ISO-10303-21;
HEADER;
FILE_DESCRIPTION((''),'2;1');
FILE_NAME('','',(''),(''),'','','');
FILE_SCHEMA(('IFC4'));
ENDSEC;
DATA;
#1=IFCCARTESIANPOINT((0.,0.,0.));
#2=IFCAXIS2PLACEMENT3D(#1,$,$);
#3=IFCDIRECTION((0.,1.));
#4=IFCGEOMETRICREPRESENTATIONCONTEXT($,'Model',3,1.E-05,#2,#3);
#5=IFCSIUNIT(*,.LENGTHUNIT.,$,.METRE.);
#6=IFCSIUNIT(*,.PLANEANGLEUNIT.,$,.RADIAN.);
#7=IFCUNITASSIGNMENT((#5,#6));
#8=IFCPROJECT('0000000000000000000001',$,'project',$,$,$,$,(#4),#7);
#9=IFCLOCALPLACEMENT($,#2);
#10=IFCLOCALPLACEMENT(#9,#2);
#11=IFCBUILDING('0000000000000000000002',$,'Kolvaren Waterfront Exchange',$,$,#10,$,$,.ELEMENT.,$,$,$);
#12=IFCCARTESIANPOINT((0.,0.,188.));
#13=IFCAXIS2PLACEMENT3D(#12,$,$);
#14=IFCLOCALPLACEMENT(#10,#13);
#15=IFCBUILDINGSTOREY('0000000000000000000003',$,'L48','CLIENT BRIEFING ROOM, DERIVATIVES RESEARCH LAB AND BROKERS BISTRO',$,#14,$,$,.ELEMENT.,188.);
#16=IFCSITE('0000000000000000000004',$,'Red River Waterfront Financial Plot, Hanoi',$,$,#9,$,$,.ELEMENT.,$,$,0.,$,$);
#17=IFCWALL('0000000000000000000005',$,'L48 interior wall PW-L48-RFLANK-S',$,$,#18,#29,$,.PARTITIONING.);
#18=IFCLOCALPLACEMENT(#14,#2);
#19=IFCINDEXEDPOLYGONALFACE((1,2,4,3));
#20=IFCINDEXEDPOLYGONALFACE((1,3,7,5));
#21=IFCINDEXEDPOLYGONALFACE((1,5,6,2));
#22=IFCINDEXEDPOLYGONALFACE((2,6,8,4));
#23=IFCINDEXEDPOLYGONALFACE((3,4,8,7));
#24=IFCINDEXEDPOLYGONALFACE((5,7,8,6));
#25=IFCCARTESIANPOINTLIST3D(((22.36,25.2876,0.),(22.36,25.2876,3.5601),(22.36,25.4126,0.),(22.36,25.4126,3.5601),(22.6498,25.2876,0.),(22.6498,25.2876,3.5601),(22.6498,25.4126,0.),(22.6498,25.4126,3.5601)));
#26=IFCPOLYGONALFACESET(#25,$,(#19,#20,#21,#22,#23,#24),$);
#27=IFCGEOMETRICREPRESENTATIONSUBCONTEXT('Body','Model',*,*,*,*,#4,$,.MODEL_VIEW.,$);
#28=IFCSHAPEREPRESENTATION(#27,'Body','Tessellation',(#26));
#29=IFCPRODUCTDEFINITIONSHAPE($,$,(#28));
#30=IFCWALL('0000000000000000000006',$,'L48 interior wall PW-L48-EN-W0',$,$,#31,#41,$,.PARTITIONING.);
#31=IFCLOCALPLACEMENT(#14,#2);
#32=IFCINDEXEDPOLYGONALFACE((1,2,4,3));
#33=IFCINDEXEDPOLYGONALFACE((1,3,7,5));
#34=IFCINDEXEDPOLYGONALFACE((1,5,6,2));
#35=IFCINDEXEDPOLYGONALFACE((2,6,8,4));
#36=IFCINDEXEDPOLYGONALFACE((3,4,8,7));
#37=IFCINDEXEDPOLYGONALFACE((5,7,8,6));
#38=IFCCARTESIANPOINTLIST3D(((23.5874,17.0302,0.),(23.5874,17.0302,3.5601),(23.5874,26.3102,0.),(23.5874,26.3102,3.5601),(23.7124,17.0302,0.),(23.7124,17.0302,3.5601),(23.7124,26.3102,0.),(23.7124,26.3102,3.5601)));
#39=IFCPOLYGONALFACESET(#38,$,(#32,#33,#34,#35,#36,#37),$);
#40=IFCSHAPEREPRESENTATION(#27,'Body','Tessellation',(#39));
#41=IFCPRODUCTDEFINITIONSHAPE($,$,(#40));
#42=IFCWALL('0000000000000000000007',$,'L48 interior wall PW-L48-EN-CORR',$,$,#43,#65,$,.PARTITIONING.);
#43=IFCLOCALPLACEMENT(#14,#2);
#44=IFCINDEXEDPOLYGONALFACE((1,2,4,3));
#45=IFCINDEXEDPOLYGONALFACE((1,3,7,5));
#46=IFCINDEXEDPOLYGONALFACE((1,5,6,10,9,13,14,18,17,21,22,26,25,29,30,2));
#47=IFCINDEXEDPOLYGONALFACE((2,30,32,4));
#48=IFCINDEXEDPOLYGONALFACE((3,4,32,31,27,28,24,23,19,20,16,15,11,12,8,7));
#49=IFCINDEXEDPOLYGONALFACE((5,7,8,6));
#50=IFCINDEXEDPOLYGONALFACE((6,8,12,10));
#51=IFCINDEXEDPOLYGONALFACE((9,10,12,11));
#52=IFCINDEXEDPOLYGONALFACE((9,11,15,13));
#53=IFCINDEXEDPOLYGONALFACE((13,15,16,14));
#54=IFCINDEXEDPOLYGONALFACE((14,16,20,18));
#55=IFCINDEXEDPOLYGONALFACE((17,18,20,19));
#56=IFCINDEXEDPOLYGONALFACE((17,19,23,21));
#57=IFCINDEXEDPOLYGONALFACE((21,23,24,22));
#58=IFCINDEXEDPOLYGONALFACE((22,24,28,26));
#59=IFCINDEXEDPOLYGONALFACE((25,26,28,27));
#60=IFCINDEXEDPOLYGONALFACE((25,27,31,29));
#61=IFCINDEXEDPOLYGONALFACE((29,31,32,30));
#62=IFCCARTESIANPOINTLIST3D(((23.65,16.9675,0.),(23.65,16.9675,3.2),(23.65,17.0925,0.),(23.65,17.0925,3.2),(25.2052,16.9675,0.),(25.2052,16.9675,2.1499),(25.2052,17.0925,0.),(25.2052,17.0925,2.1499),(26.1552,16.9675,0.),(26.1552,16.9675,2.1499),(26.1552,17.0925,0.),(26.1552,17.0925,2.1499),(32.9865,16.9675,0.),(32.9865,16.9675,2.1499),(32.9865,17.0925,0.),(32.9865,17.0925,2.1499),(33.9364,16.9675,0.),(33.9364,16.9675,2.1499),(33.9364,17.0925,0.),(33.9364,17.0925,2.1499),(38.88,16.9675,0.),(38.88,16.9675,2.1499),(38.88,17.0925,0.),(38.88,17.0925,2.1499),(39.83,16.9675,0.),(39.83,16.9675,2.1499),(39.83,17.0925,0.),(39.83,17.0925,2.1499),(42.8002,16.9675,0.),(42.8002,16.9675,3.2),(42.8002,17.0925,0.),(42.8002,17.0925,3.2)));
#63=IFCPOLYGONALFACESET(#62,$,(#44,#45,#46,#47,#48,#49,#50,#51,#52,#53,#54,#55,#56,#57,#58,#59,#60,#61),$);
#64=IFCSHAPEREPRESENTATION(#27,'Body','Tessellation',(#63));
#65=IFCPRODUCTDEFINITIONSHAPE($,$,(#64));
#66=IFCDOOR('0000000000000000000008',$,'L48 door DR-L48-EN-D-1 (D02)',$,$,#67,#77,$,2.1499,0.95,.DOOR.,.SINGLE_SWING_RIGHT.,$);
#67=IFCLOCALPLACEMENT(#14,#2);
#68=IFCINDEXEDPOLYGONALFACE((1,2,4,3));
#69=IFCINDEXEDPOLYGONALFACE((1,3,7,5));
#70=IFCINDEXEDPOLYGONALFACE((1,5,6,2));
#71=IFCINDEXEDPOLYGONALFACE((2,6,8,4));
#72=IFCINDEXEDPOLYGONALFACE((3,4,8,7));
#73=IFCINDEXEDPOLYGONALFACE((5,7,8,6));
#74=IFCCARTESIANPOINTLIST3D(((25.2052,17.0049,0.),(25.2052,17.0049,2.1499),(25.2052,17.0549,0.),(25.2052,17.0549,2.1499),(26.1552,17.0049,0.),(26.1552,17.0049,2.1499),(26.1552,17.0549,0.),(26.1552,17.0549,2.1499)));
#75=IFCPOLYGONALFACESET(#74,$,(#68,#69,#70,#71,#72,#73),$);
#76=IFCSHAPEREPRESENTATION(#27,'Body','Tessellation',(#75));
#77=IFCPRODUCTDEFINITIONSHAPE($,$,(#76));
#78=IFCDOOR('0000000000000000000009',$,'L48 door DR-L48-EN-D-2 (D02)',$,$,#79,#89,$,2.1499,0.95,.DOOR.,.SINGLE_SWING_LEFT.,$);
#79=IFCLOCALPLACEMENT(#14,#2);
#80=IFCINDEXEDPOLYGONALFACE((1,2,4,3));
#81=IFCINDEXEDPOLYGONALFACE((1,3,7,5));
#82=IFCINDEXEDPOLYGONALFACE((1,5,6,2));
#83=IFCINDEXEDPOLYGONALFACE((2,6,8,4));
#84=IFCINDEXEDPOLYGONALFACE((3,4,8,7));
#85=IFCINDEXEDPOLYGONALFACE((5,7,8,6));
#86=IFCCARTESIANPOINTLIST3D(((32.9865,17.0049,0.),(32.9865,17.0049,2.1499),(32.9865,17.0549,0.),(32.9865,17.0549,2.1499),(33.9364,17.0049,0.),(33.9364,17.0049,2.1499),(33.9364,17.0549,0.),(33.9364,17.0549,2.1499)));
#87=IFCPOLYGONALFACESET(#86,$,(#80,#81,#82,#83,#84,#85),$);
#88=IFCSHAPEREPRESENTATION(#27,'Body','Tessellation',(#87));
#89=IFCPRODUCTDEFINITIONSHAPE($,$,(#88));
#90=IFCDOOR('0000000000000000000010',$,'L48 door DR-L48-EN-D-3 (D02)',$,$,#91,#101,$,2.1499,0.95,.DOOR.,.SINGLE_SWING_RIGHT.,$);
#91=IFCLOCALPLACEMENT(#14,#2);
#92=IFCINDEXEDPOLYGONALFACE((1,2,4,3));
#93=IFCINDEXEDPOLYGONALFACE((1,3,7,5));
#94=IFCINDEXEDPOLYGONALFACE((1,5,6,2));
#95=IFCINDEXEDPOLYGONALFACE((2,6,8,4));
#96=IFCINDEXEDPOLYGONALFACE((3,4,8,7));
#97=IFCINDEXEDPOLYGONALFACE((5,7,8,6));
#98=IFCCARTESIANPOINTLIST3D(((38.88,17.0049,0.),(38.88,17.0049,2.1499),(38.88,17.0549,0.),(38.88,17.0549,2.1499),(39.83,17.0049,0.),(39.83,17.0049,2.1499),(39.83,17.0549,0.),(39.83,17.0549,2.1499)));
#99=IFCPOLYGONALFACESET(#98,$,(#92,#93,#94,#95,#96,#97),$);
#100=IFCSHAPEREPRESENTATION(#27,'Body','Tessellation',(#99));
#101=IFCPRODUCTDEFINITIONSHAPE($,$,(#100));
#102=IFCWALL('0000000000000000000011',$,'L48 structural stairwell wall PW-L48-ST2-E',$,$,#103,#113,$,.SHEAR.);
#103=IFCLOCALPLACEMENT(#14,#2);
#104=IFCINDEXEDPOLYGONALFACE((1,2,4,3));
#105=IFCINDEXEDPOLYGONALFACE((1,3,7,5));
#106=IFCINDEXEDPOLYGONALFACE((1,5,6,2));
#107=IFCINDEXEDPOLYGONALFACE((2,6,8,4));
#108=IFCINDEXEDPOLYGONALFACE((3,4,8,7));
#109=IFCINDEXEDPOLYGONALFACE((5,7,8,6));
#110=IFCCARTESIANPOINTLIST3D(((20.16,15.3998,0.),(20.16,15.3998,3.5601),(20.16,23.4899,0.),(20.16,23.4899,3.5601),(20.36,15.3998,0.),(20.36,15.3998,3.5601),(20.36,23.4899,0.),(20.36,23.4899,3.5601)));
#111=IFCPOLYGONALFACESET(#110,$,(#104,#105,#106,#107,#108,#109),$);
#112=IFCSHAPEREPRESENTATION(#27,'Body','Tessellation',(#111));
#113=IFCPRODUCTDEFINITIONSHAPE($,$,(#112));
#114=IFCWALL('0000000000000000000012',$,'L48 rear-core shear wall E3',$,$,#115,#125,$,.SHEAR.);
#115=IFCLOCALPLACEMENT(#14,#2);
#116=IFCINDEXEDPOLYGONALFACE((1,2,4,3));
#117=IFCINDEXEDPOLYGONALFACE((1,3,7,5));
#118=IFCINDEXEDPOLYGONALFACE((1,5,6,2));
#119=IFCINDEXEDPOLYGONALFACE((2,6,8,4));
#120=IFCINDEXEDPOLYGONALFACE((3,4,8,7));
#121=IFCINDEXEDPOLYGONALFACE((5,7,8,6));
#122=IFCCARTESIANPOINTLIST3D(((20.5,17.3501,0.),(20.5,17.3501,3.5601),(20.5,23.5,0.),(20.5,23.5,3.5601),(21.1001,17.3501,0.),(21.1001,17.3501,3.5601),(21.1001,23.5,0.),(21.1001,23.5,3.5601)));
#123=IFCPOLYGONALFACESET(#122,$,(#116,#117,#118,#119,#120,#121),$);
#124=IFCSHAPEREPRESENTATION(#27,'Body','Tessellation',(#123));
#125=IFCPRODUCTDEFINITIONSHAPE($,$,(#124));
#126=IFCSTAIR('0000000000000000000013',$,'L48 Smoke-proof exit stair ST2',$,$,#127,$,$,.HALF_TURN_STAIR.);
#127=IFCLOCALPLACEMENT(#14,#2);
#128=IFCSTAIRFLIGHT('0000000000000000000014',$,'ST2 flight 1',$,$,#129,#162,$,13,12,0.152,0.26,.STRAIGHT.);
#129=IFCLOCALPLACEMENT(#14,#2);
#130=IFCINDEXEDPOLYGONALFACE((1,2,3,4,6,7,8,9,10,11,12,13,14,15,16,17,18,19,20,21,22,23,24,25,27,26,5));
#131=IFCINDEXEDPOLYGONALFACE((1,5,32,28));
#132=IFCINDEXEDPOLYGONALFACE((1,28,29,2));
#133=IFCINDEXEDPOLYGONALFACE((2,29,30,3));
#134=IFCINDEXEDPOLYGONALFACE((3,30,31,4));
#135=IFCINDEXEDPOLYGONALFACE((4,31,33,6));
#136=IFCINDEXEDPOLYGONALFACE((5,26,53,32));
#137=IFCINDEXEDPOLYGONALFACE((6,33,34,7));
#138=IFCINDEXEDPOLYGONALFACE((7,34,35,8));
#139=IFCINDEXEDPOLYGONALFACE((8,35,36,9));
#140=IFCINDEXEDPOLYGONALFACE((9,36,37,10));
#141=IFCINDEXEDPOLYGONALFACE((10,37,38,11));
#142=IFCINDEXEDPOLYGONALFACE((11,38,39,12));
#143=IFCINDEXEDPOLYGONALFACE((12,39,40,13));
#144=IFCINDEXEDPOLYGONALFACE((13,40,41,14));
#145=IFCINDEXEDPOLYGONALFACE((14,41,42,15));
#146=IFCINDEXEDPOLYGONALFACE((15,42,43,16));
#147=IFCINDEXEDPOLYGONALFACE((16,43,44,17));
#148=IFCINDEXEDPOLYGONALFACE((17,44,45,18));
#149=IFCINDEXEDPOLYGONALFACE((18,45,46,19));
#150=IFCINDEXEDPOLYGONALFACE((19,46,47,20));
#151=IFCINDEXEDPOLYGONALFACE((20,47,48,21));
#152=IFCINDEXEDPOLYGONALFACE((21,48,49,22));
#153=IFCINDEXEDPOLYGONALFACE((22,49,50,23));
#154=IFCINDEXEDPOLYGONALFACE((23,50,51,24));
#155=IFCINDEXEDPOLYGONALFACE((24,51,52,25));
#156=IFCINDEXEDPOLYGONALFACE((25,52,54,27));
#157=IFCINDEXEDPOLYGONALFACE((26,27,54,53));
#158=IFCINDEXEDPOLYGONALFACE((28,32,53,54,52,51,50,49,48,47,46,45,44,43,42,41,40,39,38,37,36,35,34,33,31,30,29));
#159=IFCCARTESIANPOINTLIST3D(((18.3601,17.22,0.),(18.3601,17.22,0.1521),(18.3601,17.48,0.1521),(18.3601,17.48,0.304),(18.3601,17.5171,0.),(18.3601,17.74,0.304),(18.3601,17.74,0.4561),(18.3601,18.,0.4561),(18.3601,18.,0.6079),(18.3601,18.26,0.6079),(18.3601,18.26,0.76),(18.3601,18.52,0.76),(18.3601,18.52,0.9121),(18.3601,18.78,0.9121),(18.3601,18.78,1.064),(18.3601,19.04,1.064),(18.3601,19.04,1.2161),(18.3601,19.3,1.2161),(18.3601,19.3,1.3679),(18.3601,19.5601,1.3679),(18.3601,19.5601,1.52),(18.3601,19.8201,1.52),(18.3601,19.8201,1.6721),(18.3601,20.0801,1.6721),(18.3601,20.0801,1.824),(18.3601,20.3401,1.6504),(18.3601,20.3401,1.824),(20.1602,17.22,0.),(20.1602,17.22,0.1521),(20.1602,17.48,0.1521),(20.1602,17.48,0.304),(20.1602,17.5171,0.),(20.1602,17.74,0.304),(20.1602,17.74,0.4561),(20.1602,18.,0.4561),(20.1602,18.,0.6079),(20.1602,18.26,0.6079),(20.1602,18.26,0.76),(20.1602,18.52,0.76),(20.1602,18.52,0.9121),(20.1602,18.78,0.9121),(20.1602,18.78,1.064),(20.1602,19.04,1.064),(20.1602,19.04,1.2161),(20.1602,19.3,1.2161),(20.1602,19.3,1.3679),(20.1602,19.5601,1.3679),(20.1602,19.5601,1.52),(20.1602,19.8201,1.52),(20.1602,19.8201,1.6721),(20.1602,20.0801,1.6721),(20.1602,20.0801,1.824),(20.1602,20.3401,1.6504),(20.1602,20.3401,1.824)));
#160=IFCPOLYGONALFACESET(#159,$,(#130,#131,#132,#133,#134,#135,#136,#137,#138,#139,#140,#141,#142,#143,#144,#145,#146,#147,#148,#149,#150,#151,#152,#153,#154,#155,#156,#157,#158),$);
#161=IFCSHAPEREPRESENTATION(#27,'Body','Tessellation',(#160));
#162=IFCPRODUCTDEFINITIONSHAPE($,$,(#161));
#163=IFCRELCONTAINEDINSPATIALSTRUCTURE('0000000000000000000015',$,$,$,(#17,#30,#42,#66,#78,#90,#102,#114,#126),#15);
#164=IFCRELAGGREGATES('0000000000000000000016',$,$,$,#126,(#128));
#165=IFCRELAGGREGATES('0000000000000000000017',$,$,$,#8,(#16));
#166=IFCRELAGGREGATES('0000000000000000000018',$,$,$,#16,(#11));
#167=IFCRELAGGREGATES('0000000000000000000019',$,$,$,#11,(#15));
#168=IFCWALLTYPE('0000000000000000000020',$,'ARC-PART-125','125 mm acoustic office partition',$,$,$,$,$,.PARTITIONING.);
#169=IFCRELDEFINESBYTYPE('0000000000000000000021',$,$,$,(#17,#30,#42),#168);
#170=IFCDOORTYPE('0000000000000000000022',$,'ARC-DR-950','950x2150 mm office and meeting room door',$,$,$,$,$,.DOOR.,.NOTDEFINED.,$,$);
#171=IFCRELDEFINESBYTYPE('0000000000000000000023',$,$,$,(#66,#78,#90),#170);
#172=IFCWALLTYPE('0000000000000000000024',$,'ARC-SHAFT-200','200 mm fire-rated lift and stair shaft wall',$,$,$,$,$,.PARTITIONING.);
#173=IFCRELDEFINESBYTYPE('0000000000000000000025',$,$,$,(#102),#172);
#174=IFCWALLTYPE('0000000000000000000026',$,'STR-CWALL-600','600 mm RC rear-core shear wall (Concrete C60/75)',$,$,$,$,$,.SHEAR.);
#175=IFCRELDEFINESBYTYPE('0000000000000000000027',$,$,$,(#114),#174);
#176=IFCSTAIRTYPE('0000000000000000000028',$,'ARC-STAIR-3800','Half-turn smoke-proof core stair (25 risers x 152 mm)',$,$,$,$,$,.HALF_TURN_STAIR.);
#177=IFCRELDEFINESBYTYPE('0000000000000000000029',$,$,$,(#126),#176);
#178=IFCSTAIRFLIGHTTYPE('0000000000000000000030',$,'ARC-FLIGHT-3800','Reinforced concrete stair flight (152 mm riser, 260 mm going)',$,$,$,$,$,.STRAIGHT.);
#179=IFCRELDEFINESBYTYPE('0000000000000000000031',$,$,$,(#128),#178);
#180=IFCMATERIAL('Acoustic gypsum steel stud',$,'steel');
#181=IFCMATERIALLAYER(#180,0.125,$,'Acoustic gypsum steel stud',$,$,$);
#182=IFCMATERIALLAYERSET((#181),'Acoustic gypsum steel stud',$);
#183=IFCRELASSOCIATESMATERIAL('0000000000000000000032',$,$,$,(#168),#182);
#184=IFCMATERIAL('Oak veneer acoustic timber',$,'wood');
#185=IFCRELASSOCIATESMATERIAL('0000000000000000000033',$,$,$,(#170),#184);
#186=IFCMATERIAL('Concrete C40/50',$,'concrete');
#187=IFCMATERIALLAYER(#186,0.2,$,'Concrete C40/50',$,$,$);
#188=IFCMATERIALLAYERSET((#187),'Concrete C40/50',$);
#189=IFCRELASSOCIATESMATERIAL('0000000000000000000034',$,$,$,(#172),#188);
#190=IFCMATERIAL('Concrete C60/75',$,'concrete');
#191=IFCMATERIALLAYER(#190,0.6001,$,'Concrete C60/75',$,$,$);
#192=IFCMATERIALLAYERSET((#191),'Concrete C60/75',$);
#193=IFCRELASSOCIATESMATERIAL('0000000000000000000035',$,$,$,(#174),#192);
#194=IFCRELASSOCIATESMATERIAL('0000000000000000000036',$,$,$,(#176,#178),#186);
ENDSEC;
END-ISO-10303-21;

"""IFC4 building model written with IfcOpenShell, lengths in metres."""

from ifc_helpers import new_model, si_unit, direction, frame, frame_2d, origin, place, context, subcontext, project, spatial, polyline, rectangle, outline, extrude, material, layer, layer_set, type_object, element, fill, aggregate, save


model = new_model("IFC4")

# Units and contexts
model_context = context("Model", 3, precision=1e-05, world=origin(), true_north=direction((0.0, 1.0)))
body_context = subcontext(model_context, "Body", "Model", "MODEL_VIEW")
ifc_project = project(units=[si_unit("LENGTHUNIT", "METRE"), si_unit("PLANEANGLEUNIT", "RADIAN")], contexts=[model_context])

# Site, building, storey
site_placement = place(None, origin())
site = spatial("IfcSite", under=ifc_project, at=site_placement, Name="Red River Waterfront Financial Plot, Hanoi", CompositionType="ELEMENT", RefElevation=0.0)
building_placement = place(site_placement, origin())
building = spatial("IfcBuilding", under=site, at=building_placement, Name="Kolvaren Waterfront Exchange", CompositionType="ELEMENT")
storey_placement = place(building_placement, frame((0.0, 0.0, 188.0)))
storey = spatial("IfcBuildingStorey", under=building, at=storey_placement, Name="L48", Description="CLIENT BRIEFING ROOM, DERIVATIVES RESEARCH LAB AND BROKERS BISTRO", CompositionType="ELEMENT", Elevation=188.0)

# Shared definitions
ifc_material_1 = material(Name="Concrete C60/75", Category="concrete")

# Shared definitions
ifc_material_2 = material(Name="Acoustic gypsum steel stud", Category="steel")
ifc_layer_1 = layer(ifc_material_2, 0.125, Name="Acoustic gypsum steel stud")
ifc_layer_set_1 = layer_set([ifc_layer_1], Name="Acoustic gypsum steel stud")
wall_type_1 = type_object("IfcWallType", Name="ARC-PART-125", Description="125 mm acoustic office partition", PredefinedType="PARTITIONING", material=ifc_layer_set_1)
ifc_material_3 = material(Name="Oak veneer acoustic timber", Category="wood")
door_type_1 = type_object("IfcDoorType", Name="ARC-DR-950", Description="950x2150 mm office and meeting room door", OperationType="NOTDEFINED", PredefinedType="DOOR", material=ifc_material_3)

# Walls
wall_1_placement = place(storey_placement, frame((22.6499, 25.3501, 0.0), z_axis=(0.0, 0.0, 1.0), x_axis=(-1.0, 0.0, 0.0)))
element("IfcWall", 1, at=wall_1_placement, inside=storey, type_object=wall_type_1, Name="L48 interior wall PW-L48-RFLANK-S", PredefinedType="PARTITIONING", context=body_context, shape_type="SweptSolid", body=[
    extrude(rectangle(XDim=0.2898, YDim=0.125, at=frame_2d((0.145, 0.0))), origin(), (0.0, 0.0, 1.0), 3.5601),
])
wall_2_placement = place(storey_placement, frame((23.6499, 17.03, 0.0), z_axis=(0.0, 0.0, 1.0), x_axis=(0.0, 1.0, 0.0)))
element("IfcWall", 2, at=wall_2_placement, inside=storey, type_object=wall_type_1, Name="L48 interior wall PW-L48-EN-W0", PredefinedType="PARTITIONING", context=body_context, shape_type="SweptSolid", body=[
    extrude(rectangle(XDim=9.28, YDim=0.125, at=frame_2d((4.6401, 0.0))), origin(), (0.0, 0.0, 1.0), 3.5601),
])

# Wall, openings, doors
wall_3_placement = place(storey_placement, frame((23.6499, 17.03, 0.0), z_axis=(0.0, 0.0, 1.0), x_axis=(1.0, 0.0, 0.0)))
wall_3 = element("IfcWall", 3, at=wall_3_placement, inside=storey, type_object=wall_type_1, Name="L48 interior wall PW-L48-EN-CORR", PredefinedType="PARTITIONING", context=body_context, shape_type="SweptSolid", body=[
    extrude(rectangle(XDim=19.1501, YDim=0.125, at=frame_2d((9.5752, 0.0))), origin(), (0.0, 0.0, 1.0), 3.2),
])
opening_1_placement = place(wall_3_placement, frame((1.5552, 0.0, 0.0)))
opening_1 = element("IfcOpeningElement", 4, at=opening_1_placement, cuts=wall_3, PredefinedType="OPENING", context=body_context, shape_type="SweptSolid", body=[
    extrude(rectangle(XDim=0.95, YDim=2.1499, at=frame_2d((0.4751, 1.075))), frame((0.0, 0.0725, 0.0), z_axis=(0.0, -1.0, 0.0), x_axis=(1.0, 0.0, 0.0)), (0.0, 0.0, 1.0), 0.145),
])
opening_2_placement = place(wall_3_placement, frame((9.3364, 0.0, 0.0)))
opening_2 = element("IfcOpeningElement", 5, at=opening_2_placement, cuts=wall_3, PredefinedType="OPENING", context=body_context, shape_type="SweptSolid", body=[
    extrude(rectangle(XDim=0.95, YDim=2.1499, at=frame_2d((0.4751, 1.075))), frame((0.0, 0.0725, 0.0), z_axis=(0.0, -1.0, 0.0), x_axis=(1.0, 0.0, 0.0)), (0.0, 0.0, 1.0), 0.145),
])
opening_3_placement = place(wall_3_placement, frame((15.23, 0.0, 0.0)))
opening_3 = element("IfcOpeningElement", 6, at=opening_3_placement, cuts=wall_3, PredefinedType="OPENING", context=body_context, shape_type="SweptSolid", body=[
    extrude(rectangle(XDim=0.95, YDim=2.1499, at=frame_2d((0.4751, 1.075))), frame((0.0, 0.0725, 0.0), z_axis=(0.0, -1.0, 0.0), x_axis=(1.0, 0.0, 0.0)), (0.0, 0.0, 1.0), 0.145),
])
door_1_placement = place(opening_1_placement, origin())
door_1 = element("IfcDoor", 7, at=door_1_placement, inside=storey, type_object=door_type_1, Name="L48 door DR-L48-EN-D-1 (D02)", OperationType="SINGLE_SWING_RIGHT", OverallHeight=2.1499, OverallWidth=0.95, PredefinedType="DOOR", context=body_context, shape_type="SweptSolid", body=[
    extrude(rectangle(XDim=0.95, YDim=2.1499, at=frame_2d((0.4751, 1.075))), frame((0.0, 0.0249, 0.0), z_axis=(0.0, -1.0, 0.0), x_axis=(1.0, 0.0, 0.0)), (0.0, 0.0, 1.0), 0.05),
])
fill(opening_1, door_1)
door_2_placement = place(opening_2_placement, origin())
door_2 = element("IfcDoor", 8, at=door_2_placement, inside=storey, type_object=door_type_1, Name="L48 door DR-L48-EN-D-2 (D02)", OperationType="SINGLE_SWING_LEFT", OverallHeight=2.1499, OverallWidth=0.95, PredefinedType="DOOR", context=body_context, shape_type="SweptSolid", body=[
    extrude(rectangle(XDim=0.95, YDim=2.1499, at=frame_2d((0.4751, 1.075))), frame((0.0, 0.0249, 0.0), z_axis=(0.0, -1.0, 0.0), x_axis=(1.0, 0.0, 0.0)), (0.0, 0.0, 1.0), 0.05),
])
fill(opening_2, door_2)
door_3_placement = place(opening_3_placement, origin())
door_3 = element("IfcDoor", 9, at=door_3_placement, inside=storey, type_object=door_type_1, Name="L48 door DR-L48-EN-D-3 (D02)", OperationType="SINGLE_SWING_RIGHT", OverallHeight=2.1499, OverallWidth=0.95, PredefinedType="DOOR", context=body_context, shape_type="SweptSolid", body=[
    extrude(rectangle(XDim=0.95, YDim=2.1499, at=frame_2d((0.4751, 1.075))), frame((0.0, 0.0249, 0.0), z_axis=(0.0, -1.0, 0.0), x_axis=(1.0, 0.0, 0.0)), (0.0, 0.0, 1.0), 0.05),
])
fill(opening_3, door_3)

# Walls
ifc_material_4 = material(Name="Concrete C40/50", Category="concrete")
ifc_layer_2 = layer(ifc_material_4, 0.2, Name="Concrete C40/50")
ifc_layer_set_2 = layer_set([ifc_layer_2], Name="Concrete C40/50")
wall_type_2 = type_object("IfcWallType", Name="ARC-SHAFT-200", Description="200 mm fire-rated lift and stair shaft wall", PredefinedType="PARTITIONING", material=ifc_layer_set_2)
wall_4_placement = place(storey_placement, frame((20.26, 15.3999, 0.0), z_axis=(0.0, 0.0, 1.0), x_axis=(0.0, 1.0, 0.0)))
element("IfcWall", 10, at=wall_4_placement, inside=storey, type_object=wall_type_2, Name="L48 structural stairwell wall PW-L48-ST2-E", PredefinedType="SHEAR", context=body_context, shape_type="SweptSolid", body=[
    extrude(rectangle(XDim=8.0901, YDim=0.2, at=frame_2d((4.0449, 0.0))), origin(), (0.0, 0.0, 1.0), 3.5601),
])
ifc_layer_3 = layer(ifc_material_1, 0.6001, Name="Concrete C60/75")
ifc_layer_set_3 = layer_set([ifc_layer_3], Name="Concrete C60/75")
wall_type_3 = type_object("IfcWallType", Name="STR-CWALL-600", Description="600 mm RC rear-core shear wall (Concrete C60/75)", PredefinedType="SHEAR", material=ifc_layer_set_3)
wall_5_placement = place(storey_placement, frame((20.8, 17.3501, 0.0), z_axis=(0.0, 0.0, 1.0), x_axis=(0.0, 1.0, 0.0)))
element("IfcWall", 11, at=wall_5_placement, inside=storey, type_object=wall_type_3, Name="L48 rear-core shear wall E3", PredefinedType="SHEAR", context=body_context, shape_type="SweptSolid", body=[
    extrude(rectangle(XDim=6.1499, YDim=0.6001, at=frame_2d((3.075, 0.0))), origin(), (0.0, 0.0, 1.0), 3.5601),
])

# Stair, stair flight
stair_type = type_object("IfcStairType", Name="ARC-STAIR-3800", Description="Half-turn smoke-proof core stair (25 risers x 152 mm)", PredefinedType="HALF_TURN_STAIR", material=ifc_material_4)
stair_placement = place(storey_placement, origin())
stair = element("IfcStair", 12, at=stair_placement, inside=storey, type_object=stair_type, Name="L48 Smoke-proof exit stair ST2", PredefinedType="HALF_TURN_STAIR")
stair_flight_type = type_object("IfcStairFlightType", Name="ARC-FLIGHT-3800", Description="Reinforced concrete stair flight (152 mm riser, 260 mm going)", PredefinedType="STRAIGHT", material=ifc_material_4)
stair_flight_placement = place(storey_placement, frame((19.26, 17.22, 0.0), z_axis=(0.0, 0.0, 1.0), x_axis=(0.0, 1.0, 0.0)))
stair_flight = element("IfcStairFlight", 13, at=stair_flight_placement, type_object=stair_flight_type, Name="ST2 flight 1", NumberOfRisers=13, NumberOfTreads=12, PredefinedType="STRAIGHT", RiserHeight=0.152, TreadLength=0.26, context=body_context, shape_type="SweptSolid", body=[
    extrude(outline(polyline([(0.0, 0.0), (0.0, 0.1521), (0.26, 0.1521), (0.26, 0.304), (0.52, 0.304), (0.52, 0.4561), (0.78, 0.4561), (0.78, 0.6079), (1.04, 0.6079), (1.04, 0.76), (1.3, 0.76), (1.3, 0.9121), (1.5601, 0.9121), (1.5601, 1.064), (1.8201, 1.064), (1.8201, 1.2161), (2.0801, 1.2161), (2.0801, 1.3679), (2.3401, 1.3679), (2.3401, 1.52), (2.6001, 1.52), (2.6001, 1.6721), (2.8601, 1.6721), (2.8601, 1.824), (3.1201, 1.824), (3.1201, 1.9761), (3.1201, 1.6504), (0.2971, 0.0), (0.0, 0.0)])), frame((0.0, 0.8999, 0.0), z_axis=(0.0, -1.0, 0.0), x_axis=(1.0, 0.0, 0.0)), (0.0, 0.0, 1.0), 1.8),
])
aggregate(stair, [stair_flight])

save(model, "model.ifc")
